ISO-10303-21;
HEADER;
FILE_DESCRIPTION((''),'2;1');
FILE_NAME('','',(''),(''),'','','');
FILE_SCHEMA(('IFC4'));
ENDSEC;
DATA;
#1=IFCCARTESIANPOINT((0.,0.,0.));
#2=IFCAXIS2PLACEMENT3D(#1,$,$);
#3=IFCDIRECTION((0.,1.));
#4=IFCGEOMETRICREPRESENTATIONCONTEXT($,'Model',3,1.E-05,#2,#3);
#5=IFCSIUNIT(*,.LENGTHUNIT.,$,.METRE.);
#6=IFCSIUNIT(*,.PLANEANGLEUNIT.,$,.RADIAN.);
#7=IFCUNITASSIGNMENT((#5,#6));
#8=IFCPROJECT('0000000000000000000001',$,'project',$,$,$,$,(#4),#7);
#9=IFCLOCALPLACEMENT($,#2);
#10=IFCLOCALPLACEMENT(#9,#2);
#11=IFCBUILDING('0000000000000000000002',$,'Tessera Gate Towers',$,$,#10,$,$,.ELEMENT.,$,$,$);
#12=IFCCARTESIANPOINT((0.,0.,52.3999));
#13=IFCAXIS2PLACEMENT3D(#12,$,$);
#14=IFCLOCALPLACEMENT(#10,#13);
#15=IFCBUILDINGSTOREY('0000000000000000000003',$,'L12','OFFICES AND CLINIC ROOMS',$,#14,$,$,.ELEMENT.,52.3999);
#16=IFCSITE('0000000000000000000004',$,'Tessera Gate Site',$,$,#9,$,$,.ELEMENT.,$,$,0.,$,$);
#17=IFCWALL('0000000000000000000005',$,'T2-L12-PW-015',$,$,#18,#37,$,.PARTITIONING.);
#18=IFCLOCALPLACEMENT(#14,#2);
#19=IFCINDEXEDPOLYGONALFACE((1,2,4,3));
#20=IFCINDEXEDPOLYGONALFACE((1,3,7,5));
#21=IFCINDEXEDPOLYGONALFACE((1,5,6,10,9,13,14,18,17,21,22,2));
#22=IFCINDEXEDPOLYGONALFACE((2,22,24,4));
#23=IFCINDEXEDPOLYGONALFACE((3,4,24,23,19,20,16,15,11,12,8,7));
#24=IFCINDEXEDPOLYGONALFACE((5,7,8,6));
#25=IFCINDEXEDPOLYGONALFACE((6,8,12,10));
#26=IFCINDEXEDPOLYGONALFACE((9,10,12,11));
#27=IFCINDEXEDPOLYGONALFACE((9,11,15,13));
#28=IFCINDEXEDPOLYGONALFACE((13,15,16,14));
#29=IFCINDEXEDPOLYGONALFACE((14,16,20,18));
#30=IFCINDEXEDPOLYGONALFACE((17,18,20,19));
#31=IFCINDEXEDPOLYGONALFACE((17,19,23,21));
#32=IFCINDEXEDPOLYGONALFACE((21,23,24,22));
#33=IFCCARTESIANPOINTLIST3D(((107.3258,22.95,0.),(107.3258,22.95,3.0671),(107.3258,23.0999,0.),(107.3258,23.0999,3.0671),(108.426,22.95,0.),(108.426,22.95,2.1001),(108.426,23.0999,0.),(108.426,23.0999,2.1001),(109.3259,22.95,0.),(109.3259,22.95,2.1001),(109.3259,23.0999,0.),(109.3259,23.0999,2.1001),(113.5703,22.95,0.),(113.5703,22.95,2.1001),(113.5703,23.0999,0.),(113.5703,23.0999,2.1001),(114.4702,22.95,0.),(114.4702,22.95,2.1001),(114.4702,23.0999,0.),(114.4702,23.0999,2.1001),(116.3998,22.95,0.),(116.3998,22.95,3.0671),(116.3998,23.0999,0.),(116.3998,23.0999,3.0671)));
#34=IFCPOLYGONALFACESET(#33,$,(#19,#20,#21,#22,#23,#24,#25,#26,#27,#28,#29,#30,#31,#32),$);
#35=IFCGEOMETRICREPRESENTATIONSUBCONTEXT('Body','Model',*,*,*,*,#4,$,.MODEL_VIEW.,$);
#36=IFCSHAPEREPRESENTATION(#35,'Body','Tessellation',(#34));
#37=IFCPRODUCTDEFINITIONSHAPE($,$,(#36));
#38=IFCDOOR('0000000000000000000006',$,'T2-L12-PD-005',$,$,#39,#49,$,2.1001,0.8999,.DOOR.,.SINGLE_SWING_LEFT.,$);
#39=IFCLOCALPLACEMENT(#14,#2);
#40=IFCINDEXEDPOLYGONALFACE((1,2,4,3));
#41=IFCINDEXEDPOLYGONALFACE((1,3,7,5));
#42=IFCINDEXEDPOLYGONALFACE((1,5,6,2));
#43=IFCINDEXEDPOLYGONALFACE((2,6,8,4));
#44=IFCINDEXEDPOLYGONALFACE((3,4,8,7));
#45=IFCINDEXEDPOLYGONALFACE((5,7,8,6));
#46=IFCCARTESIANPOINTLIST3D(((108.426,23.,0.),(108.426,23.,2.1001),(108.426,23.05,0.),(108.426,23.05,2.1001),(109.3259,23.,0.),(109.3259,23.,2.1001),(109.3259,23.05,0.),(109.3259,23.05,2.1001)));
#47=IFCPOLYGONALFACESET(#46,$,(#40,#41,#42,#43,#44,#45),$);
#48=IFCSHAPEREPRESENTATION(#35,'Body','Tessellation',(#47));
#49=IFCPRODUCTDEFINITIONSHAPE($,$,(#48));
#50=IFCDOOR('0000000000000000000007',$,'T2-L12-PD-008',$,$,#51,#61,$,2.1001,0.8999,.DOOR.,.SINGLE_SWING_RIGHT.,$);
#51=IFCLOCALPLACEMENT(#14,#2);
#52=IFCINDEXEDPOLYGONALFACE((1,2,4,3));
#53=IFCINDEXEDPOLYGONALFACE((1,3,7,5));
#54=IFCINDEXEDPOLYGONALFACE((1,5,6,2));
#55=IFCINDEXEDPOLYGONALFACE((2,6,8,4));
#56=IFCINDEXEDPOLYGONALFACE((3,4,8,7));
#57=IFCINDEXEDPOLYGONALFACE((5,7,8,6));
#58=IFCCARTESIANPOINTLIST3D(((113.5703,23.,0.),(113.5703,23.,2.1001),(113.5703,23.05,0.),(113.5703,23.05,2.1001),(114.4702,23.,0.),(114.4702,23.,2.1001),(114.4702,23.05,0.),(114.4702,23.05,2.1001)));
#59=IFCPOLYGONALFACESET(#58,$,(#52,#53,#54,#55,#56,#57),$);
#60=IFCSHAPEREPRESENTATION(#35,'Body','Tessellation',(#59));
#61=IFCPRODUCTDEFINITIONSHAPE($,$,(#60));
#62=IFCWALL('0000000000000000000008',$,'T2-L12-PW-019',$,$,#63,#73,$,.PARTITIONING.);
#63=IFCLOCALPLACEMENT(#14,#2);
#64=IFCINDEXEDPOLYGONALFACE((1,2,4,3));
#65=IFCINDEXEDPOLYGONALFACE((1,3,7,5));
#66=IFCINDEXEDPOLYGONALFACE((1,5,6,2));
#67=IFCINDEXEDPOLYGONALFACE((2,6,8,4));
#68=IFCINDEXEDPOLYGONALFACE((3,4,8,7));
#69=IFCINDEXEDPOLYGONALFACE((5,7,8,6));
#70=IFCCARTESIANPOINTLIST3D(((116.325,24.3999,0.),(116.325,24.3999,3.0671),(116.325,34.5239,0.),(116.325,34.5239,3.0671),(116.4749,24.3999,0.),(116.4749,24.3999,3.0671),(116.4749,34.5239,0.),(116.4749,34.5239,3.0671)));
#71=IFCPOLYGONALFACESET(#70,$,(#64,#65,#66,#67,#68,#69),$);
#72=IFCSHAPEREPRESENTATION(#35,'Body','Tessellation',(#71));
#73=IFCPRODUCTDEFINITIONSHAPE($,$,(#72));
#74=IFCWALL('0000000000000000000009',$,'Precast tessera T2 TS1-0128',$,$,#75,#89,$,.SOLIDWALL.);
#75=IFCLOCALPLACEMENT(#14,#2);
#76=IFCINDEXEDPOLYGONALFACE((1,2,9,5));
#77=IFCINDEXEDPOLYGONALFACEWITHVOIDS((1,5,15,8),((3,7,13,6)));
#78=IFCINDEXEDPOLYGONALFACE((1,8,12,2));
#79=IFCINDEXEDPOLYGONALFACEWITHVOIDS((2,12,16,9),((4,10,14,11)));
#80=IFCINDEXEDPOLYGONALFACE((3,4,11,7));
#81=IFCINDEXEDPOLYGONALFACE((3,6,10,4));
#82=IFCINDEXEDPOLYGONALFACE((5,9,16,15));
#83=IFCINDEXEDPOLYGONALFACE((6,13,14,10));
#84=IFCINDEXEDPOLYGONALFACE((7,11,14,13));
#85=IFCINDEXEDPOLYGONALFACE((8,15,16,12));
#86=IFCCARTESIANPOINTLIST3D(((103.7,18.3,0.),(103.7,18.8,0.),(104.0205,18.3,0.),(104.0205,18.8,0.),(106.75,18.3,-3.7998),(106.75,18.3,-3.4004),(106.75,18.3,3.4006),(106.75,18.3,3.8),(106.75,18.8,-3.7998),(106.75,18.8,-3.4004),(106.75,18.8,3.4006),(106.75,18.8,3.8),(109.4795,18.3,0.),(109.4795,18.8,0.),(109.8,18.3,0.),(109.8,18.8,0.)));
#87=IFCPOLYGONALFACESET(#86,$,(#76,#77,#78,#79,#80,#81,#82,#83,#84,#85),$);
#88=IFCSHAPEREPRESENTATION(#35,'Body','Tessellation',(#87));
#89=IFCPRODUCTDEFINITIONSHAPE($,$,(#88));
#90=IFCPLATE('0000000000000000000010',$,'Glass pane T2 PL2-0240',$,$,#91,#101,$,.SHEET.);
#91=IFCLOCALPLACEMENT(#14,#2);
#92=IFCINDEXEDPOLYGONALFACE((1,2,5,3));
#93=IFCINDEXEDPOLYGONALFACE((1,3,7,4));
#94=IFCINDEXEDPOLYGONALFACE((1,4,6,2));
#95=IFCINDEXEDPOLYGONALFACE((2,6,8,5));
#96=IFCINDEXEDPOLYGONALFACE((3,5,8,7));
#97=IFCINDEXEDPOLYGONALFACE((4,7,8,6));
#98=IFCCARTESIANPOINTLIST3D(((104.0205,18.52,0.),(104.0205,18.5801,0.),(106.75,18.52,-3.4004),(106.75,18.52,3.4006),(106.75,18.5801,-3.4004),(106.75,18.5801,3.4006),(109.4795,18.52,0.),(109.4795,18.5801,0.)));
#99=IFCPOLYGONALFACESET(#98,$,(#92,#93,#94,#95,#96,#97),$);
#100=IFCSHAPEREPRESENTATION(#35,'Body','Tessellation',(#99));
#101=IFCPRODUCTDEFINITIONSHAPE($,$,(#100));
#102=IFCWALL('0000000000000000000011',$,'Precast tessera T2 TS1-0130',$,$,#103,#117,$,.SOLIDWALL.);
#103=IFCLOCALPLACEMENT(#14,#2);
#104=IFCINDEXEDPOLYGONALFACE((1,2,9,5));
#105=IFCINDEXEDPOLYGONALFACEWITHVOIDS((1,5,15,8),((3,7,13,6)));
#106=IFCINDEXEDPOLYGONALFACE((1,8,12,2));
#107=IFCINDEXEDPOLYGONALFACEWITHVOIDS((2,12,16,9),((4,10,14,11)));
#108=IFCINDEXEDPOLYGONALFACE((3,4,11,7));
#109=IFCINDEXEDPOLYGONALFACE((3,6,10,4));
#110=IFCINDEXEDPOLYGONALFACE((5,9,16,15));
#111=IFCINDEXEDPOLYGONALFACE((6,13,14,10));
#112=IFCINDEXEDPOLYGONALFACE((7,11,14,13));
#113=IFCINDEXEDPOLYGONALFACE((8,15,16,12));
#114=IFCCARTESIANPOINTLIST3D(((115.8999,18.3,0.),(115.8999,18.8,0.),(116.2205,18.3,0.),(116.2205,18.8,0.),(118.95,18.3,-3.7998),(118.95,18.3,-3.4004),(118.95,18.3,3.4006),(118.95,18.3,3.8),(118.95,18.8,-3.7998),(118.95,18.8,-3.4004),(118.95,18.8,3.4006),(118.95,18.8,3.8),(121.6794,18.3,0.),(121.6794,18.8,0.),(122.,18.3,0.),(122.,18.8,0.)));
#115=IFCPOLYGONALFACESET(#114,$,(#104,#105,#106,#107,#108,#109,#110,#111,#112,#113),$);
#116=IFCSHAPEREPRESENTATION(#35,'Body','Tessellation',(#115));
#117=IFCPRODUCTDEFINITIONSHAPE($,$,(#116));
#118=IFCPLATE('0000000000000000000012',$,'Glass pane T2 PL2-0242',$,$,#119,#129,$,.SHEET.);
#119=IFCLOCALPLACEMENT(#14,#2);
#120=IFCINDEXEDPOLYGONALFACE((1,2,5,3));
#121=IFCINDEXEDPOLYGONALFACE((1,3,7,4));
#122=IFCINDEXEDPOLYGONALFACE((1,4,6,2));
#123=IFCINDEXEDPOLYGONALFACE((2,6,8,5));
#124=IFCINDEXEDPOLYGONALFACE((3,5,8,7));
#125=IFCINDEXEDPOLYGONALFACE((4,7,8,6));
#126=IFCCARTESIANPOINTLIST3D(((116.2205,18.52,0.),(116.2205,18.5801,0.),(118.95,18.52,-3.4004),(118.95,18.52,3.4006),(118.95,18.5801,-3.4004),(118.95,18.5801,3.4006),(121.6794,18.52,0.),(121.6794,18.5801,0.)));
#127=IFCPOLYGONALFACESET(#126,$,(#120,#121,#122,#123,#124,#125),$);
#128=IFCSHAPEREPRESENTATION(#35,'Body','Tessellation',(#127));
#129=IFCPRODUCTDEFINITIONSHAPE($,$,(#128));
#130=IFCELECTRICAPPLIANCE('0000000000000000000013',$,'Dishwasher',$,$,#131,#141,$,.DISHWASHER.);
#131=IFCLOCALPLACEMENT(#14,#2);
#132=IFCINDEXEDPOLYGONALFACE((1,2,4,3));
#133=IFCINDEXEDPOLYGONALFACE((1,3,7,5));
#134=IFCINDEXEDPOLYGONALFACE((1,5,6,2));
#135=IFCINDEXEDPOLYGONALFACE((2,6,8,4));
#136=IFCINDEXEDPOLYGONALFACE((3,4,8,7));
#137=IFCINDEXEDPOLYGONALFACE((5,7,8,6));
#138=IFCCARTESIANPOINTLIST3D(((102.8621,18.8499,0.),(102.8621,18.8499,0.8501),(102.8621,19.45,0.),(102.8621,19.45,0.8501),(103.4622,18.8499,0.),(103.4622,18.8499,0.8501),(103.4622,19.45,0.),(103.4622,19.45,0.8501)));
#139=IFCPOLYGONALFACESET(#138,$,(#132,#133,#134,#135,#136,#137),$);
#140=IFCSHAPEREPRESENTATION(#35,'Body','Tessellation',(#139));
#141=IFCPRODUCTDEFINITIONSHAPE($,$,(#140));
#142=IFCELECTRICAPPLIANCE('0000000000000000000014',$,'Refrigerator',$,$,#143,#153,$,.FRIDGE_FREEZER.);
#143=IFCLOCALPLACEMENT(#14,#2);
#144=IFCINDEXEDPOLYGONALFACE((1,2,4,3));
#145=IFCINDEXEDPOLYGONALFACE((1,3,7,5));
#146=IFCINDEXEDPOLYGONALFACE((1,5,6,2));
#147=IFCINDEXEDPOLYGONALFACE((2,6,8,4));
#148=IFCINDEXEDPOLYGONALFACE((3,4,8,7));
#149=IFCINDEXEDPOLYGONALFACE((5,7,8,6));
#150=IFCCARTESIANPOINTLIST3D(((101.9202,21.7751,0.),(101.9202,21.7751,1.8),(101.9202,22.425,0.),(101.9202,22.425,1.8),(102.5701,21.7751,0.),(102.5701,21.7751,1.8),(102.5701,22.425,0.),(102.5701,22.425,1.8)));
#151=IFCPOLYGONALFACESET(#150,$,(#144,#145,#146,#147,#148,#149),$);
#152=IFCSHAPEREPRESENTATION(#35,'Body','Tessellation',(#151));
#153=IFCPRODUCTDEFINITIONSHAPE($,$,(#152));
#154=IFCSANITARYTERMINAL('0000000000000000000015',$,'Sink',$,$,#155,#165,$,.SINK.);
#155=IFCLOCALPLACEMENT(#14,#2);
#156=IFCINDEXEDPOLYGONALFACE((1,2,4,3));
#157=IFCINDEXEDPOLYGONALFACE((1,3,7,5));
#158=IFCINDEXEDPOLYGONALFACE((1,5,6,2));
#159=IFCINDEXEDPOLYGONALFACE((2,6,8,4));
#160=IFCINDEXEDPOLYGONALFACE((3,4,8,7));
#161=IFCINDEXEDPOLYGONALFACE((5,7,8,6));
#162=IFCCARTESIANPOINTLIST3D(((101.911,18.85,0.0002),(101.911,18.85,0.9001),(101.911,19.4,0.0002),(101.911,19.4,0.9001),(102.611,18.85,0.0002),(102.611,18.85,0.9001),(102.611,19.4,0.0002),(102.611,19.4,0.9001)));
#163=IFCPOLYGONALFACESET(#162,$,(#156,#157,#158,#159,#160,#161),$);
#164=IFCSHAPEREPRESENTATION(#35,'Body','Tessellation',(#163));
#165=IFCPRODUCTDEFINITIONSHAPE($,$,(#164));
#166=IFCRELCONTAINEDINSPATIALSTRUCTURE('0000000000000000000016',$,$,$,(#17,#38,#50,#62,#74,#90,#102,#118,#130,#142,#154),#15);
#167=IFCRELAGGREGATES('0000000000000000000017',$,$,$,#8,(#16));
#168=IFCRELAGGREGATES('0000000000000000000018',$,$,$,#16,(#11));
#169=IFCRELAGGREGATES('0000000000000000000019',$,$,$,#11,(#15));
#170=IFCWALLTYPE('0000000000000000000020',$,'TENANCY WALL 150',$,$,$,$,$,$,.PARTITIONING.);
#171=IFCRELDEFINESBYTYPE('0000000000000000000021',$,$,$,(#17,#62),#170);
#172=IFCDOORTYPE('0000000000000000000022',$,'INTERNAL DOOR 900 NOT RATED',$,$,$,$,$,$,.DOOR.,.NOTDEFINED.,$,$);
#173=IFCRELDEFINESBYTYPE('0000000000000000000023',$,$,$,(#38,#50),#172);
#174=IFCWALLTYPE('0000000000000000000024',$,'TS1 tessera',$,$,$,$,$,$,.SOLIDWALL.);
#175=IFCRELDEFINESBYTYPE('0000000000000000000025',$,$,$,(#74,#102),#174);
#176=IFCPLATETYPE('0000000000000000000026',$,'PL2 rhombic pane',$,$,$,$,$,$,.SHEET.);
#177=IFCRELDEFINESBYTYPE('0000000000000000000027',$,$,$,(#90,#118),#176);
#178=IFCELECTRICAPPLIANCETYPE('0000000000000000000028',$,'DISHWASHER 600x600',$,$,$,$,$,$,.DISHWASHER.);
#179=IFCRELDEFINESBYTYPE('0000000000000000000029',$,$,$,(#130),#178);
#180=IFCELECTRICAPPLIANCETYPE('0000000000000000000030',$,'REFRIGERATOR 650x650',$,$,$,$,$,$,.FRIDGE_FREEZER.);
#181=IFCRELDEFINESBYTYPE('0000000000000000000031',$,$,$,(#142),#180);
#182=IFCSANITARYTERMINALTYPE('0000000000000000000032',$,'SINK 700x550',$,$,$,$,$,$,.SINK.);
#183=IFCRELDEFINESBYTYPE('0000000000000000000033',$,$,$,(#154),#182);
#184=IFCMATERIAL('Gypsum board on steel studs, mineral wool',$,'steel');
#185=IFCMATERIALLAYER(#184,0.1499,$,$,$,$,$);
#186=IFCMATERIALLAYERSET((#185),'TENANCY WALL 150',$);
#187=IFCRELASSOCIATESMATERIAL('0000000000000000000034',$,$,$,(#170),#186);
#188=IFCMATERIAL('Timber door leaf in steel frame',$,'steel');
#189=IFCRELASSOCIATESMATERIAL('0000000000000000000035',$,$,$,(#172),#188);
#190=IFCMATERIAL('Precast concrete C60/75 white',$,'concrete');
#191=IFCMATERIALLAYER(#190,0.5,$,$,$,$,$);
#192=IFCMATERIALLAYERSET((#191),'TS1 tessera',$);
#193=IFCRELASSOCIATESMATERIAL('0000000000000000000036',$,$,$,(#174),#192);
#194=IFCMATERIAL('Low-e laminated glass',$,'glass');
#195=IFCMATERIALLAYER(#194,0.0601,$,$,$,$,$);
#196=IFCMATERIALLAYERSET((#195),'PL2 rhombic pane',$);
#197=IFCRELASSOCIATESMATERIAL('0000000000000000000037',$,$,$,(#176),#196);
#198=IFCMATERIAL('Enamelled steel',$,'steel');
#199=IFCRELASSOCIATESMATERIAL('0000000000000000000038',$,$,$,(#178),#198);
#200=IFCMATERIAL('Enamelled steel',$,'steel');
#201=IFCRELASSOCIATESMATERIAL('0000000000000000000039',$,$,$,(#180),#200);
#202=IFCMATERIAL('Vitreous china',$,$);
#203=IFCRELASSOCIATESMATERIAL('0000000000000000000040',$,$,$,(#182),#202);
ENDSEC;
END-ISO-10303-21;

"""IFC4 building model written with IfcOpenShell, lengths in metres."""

from ifc_helpers import new_model, si_unit, direction, frame, frame_2d, origin, origin_2d, place, context, subcontext, project, spatial, polyline, rectangle, outline, extrude, source, transform, mapped, material, layer, layer_set, type_object, element, fill, save


model = new_model("IFC4")

# Units and contexts
model_context = context("Model", 3, precision=1e-05, world=origin(), true_north=direction((0.0, 1.0)))
body_context = subcontext(model_context, "Body", "Model", "MODEL_VIEW")
ifc_project = project(units=[si_unit("LENGTHUNIT", "METRE"), si_unit("PLANEANGLEUNIT", "RADIAN")], contexts=[model_context])

# Site, building, storey
site_placement = place(None, origin())
site = spatial("IfcSite", under=ifc_project, at=site_placement, Name="Tessera Gate Site", CompositionType="ELEMENT", RefElevation=0.0)
building_placement = place(site_placement, origin())
building = spatial("IfcBuilding", under=site, at=building_placement, Name="Tessera Gate Towers", CompositionType="ELEMENT")
storey_placement = place(building_placement, frame((0.0, 0.0, 52.3999)))
storey = spatial("IfcBuildingStorey", under=building, at=storey_placement, Name="L12", Description="OFFICES AND CLINIC ROOMS", CompositionType="ELEMENT", Elevation=52.3999)

# Shared definitions
ifc_material_1 = material(Name="Gypsum board on steel studs, mineral wool", Category="steel")
ifc_layer_1 = layer(ifc_material_1, 0.1499)
ifc_layer_set_1 = layer_set([ifc_layer_1], Name="TENANCY WALL 150")
wall_type_1 = type_object("IfcWallType", Name="TENANCY WALL 150", PredefinedType="PARTITIONING", material=ifc_layer_set_1)

# Shared definitions
shared_shape_1 = source(origin(), body_context, "Body", "SweptSolid", [
    extrude(rectangle(XDim=0.8999, YDim=2.1001, at=frame_2d((0.45, 1.05))), frame((0.0, 0.085, 0.0), z_axis=(0.0, -1.0, 0.0), x_axis=(1.0, 0.0, 0.0)), (0.0, 0.0, 1.0), 0.1699),
])
ifc_material_2 = material(Name="Timber door leaf in steel frame", Category="steel")
door_type = type_object("IfcDoorType", Name="INTERNAL DOOR 900 NOT RATED", OperationType="NOTDEFINED", PredefinedType="DOOR", material=ifc_material_2)
shared_shape_2 = source(origin(), body_context, "Body", "SweptSolid", [
    extrude(rectangle(XDim=0.8999, YDim=2.1001, at=frame_2d((0.45, 1.05))), frame((0.0, 0.0249, 0.0), z_axis=(0.0, -1.0, 0.0), x_axis=(1.0, 0.0, 0.0)), (0.0, 0.0, 1.0), 0.05),
])

# Wall, openings, doors
wall_1_placement = place(storey_placement, frame((116.3999, 23.0249, 0.0), z_axis=(0.0, 0.0, 1.0), x_axis=(-1.0, 0.0, 0.0)))
wall_1 = element("IfcWall", 1, at=wall_1_placement, inside=storey, type_object=wall_type_1, Name="T2-L12-PW-015", PredefinedType="PARTITIONING", context=body_context, shape_type="SweptSolid", body=[
    extrude(rectangle(XDim=9.074, YDim=0.1499, at=frame_2d((4.5371, 0.0))), origin(), (0.0, 0.0, 1.0), 3.0671),
])
opening_1_placement = place(wall_1_placement, frame((7.074, 0.0, 0.0)))
opening_1 = element("IfcOpeningElement", 2, at=opening_1_placement, cuts=wall_1, PredefinedType="OPENING", context=body_context, shape_type="MappedRepresentation", body=[
    mapped(shared_shape_1, transform((0.0, 0.0, 0.0), scale=1.0)),
])
opening_2_placement = place(wall_1_placement, frame((1.9297, 0.0, 0.0)))
opening_2 = element("IfcOpeningElement", 3, at=opening_2_placement, cuts=wall_1, PredefinedType="OPENING", context=body_context, shape_type="MappedRepresentation", body=[
    mapped(shared_shape_1, transform((0.0, 0.0, 0.0), scale=1.0)),
])
door_1_placement = place(opening_1_placement, origin())
door_1 = element("IfcDoor", 4, at=door_1_placement, inside=storey, type_object=door_type, Name="T2-L12-PD-005", OperationType="SINGLE_SWING_LEFT", OverallHeight=2.1001, OverallWidth=0.8999, PredefinedType="DOOR", context=body_context, shape_type="MappedRepresentation", body=[
    mapped(shared_shape_2, transform((0.0, 0.0, 0.0), scale=1.0)),
])
fill(opening_1, door_1)
door_2_placement = place(opening_2_placement, origin())
door_2 = element("IfcDoor", 5, at=door_2_placement, inside=storey, type_object=door_type, Name="T2-L12-PD-008", OperationType="SINGLE_SWING_RIGHT", OverallHeight=2.1001, OverallWidth=0.8999, PredefinedType="DOOR", context=body_context, shape_type="MappedRepresentation", body=[
    mapped(shared_shape_2, transform((0.0, 0.0, 0.0), scale=1.0)),
])
fill(opening_2, door_2)

# Wall
wall_2_placement = place(storey_placement, frame((116.3999, 24.3999, 0.0), z_axis=(0.0, 0.0, 1.0), x_axis=(0.0, 1.0, 0.0)))
element("IfcWall", 6, at=wall_2_placement, inside=storey, type_object=wall_type_1, Name="T2-L12-PW-019", PredefinedType="PARTITIONING", context=body_context, shape_type="SweptSolid", body=[
    extrude(rectangle(XDim=10.124, YDim=0.1499, at=frame_2d((5.062, 0.0))), origin(), (0.0, 0.0, 1.0), 3.0671),
])

# Walls, openings, plates
ifc_material_3 = material(Name="Precast concrete C60/75 white", Category="concrete")
ifc_layer_2 = layer(ifc_material_3, 0.5)
ifc_layer_set_2 = layer_set([ifc_layer_2], Name="TS1 tessera")
wall_type_2 = type_object("IfcWallType", Name="TS1 tessera", PredefinedType="SOLIDWALL", material=ifc_layer_set_2)
shared_shape_3 = source(origin(), body_context, "Body", "SweptSolid", [
    extrude(outline(polyline([(3.05, 0.0), (6.1001, 3.7998), (3.05, 7.5999), (0.0, 3.7998), (3.05, 0.0)])), frame((0.0, 0.25, 0.0), z_axis=(0.0, -1.0, 0.0), x_axis=(1.0, 0.0, 0.0)), (0.0, 0.0, 1.0), 0.5),
])
wall_3_placement = place(storey_placement, frame((103.7, 18.55, -3.7998), z_axis=(0.0, 0.0, 1.0), x_axis=(1.0, 0.0, 0.0)))
wall_3 = element("IfcWall", 7, at=wall_3_placement, inside=storey, type_object=wall_type_2, Name="Precast tessera T2 TS1-0128", PredefinedType="SOLIDWALL", context=body_context, shape_type="MappedRepresentation", body=[
    mapped(shared_shape_3, transform((0.0, 0.0, 0.0), scale=1.0)),
])
shared_shape_4 = source(origin(), body_context, "Body", "SweptSolid", [
    extrude(outline(polyline([(3.05, 0.3994), (5.7795, 3.7998), (3.05, 7.2004), (0.3206, 3.7998), (3.05, 0.3994)])), frame((0.0, 0.26, 0.0), z_axis=(0.0, -1.0, 0.0), x_axis=(1.0, 0.0, 0.0)), (0.0, 0.0, 1.0), 0.52),
])
opening_3_placement = place(wall_3_placement, origin())
opening_3 = element("IfcOpeningElement", 8, at=opening_3_placement, cuts=wall_3, PredefinedType="OPENING", context=body_context, shape_type="MappedRepresentation", body=[
    mapped(shared_shape_4, transform((0.0, 0.0, 0.0), scale=1.0)),
])
ifc_material_4 = material(Name="Low-e laminated glass", Category="glass")
ifc_layer_3 = layer(ifc_material_4, 0.0601)
ifc_layer_set_3 = layer_set([ifc_layer_3], Name="PL2 rhombic pane")
plate_type = type_object("IfcPlateType", Name="PL2 rhombic pane", PredefinedType="SHEET", material=ifc_layer_set_3)
shared_shape_5 = source(origin(), body_context, "Body", "SweptSolid", [
    extrude(outline(polyline([(3.05, 0.3994), (5.7795, 3.7998), (3.05, 7.2004), (0.3206, 3.7998), (3.05, 0.3994)])), frame((0.0, 0.03, 0.0), z_axis=(0.0, -1.0, 0.0), x_axis=(1.0, 0.0, 0.0)), (0.0, 0.0, 1.0), 0.0601),
])
plate_1_placement = place(opening_3_placement, origin())
plate_1 = element("IfcPlate", 9, at=plate_1_placement, inside=storey, type_object=plate_type, Name="Glass pane T2 PL2-0240", PredefinedType="SHEET", context=body_context, shape_type="MappedRepresentation", body=[
    mapped(shared_shape_5, transform((0.0, 0.0, 0.0), scale=1.0)),
])
fill(opening_3, plate_1)
wall_4_placement = place(storey_placement, frame((115.8999, 18.55, -3.7998), z_axis=(0.0, 0.0, 1.0), x_axis=(1.0, 0.0, 0.0)))
wall_4 = element("IfcWall", 10, at=wall_4_placement, inside=storey, type_object=wall_type_2, Name="Precast tessera T2 TS1-0130", PredefinedType="SOLIDWALL", context=body_context, shape_type="MappedRepresentation", body=[
    mapped(shared_shape_3, transform((0.0, 0.0, 0.0), scale=1.0)),
])
opening_4_placement = place(wall_4_placement, origin())
opening_4 = element("IfcOpeningElement", 11, at=opening_4_placement, cuts=wall_4, PredefinedType="OPENING", context=body_context, shape_type="MappedRepresentation", body=[
    mapped(shared_shape_4, transform((0.0, 0.0, 0.0), scale=1.0)),
])
plate_2_placement = place(opening_4_placement, origin())
plate_2 = element("IfcPlate", 12, at=plate_2_placement, inside=storey, type_object=plate_type, Name="Glass pane T2 PL2-0242", PredefinedType="SHEET", context=body_context, shape_type="MappedRepresentation", body=[
    mapped(shared_shape_5, transform((0.0, 0.0, 0.0), scale=1.0)),
])
fill(opening_4, plate_2)

# Electric appliances
ifc_material_5 = material(Name="Enamelled steel", Category="steel")
electric_appliance_type_1 = type_object("IfcElectricApplianceType", Name="DISHWASHER 600x600", PredefinedType="DISHWASHER", material=ifc_material_5)
electric_appliance_1_placement = place(storey_placement, frame((103.1621, 19.1499, 0.0), z_axis=(0.0, 0.0, 1.0), x_axis=(1.0, 0.0, 0.0)))
element("IfcElectricAppliance", 13, at=electric_appliance_1_placement, inside=storey, type_object=electric_appliance_type_1, Name="Dishwasher", PredefinedType="DISHWASHER", context=body_context, shape_type="SweptSolid", body=[
    extrude(rectangle(XDim=0.6001, YDim=0.6001, at=origin_2d()), origin(), (0.0, 0.0, 1.0), 0.8501),
])
ifc_material_6 = material(Name="Enamelled steel", Category="steel")
electric_appliance_type_2 = type_object("IfcElectricApplianceType", Name="REFRIGERATOR 650x650", PredefinedType="FRIDGE_FREEZER", material=ifc_material_6)
electric_appliance_2_placement = place(storey_placement, frame((102.2451, 22.1001, 0.0), z_axis=(0.0, 0.0, 1.0), x_axis=(1.0, 0.0, 0.0)))
element("IfcElectricAppliance", 14, at=electric_appliance_2_placement, inside=storey, type_object=electric_appliance_type_2, Name="Refrigerator", PredefinedType="FRIDGE_FREEZER", context=body_context, shape_type="SweptSolid", body=[
    extrude(rectangle(XDim=0.6499, YDim=0.6499, at=origin_2d()), origin(), (0.0, 0.0, 1.0), 1.8),
])

# Sanitary terminal
ifc_material_7 = material(Name="Vitreous china")
sanitary_terminal_type = type_object("IfcSanitaryTerminalType", Name="SINK 700x550", PredefinedType="SINK", material=ifc_material_7)
sanitary_terminal_placement = place(storey_placement, frame((102.261, 19.125, 0.0002), z_axis=(0.0, 0.0, 1.0), x_axis=(1.0, 0.0, 0.0)))
element("IfcSanitaryTerminal", 15, at=sanitary_terminal_placement, inside=storey, type_object=sanitary_terminal_type, Name="Sink", PredefinedType="SINK", context=body_context, shape_type="SweptSolid", body=[
    extrude(rectangle(XDim=0.7, YDim=0.55, at=origin_2d()), origin(), (0.0, 0.0, 1.0), 0.8999),
])

save(model, "model.ifc")
